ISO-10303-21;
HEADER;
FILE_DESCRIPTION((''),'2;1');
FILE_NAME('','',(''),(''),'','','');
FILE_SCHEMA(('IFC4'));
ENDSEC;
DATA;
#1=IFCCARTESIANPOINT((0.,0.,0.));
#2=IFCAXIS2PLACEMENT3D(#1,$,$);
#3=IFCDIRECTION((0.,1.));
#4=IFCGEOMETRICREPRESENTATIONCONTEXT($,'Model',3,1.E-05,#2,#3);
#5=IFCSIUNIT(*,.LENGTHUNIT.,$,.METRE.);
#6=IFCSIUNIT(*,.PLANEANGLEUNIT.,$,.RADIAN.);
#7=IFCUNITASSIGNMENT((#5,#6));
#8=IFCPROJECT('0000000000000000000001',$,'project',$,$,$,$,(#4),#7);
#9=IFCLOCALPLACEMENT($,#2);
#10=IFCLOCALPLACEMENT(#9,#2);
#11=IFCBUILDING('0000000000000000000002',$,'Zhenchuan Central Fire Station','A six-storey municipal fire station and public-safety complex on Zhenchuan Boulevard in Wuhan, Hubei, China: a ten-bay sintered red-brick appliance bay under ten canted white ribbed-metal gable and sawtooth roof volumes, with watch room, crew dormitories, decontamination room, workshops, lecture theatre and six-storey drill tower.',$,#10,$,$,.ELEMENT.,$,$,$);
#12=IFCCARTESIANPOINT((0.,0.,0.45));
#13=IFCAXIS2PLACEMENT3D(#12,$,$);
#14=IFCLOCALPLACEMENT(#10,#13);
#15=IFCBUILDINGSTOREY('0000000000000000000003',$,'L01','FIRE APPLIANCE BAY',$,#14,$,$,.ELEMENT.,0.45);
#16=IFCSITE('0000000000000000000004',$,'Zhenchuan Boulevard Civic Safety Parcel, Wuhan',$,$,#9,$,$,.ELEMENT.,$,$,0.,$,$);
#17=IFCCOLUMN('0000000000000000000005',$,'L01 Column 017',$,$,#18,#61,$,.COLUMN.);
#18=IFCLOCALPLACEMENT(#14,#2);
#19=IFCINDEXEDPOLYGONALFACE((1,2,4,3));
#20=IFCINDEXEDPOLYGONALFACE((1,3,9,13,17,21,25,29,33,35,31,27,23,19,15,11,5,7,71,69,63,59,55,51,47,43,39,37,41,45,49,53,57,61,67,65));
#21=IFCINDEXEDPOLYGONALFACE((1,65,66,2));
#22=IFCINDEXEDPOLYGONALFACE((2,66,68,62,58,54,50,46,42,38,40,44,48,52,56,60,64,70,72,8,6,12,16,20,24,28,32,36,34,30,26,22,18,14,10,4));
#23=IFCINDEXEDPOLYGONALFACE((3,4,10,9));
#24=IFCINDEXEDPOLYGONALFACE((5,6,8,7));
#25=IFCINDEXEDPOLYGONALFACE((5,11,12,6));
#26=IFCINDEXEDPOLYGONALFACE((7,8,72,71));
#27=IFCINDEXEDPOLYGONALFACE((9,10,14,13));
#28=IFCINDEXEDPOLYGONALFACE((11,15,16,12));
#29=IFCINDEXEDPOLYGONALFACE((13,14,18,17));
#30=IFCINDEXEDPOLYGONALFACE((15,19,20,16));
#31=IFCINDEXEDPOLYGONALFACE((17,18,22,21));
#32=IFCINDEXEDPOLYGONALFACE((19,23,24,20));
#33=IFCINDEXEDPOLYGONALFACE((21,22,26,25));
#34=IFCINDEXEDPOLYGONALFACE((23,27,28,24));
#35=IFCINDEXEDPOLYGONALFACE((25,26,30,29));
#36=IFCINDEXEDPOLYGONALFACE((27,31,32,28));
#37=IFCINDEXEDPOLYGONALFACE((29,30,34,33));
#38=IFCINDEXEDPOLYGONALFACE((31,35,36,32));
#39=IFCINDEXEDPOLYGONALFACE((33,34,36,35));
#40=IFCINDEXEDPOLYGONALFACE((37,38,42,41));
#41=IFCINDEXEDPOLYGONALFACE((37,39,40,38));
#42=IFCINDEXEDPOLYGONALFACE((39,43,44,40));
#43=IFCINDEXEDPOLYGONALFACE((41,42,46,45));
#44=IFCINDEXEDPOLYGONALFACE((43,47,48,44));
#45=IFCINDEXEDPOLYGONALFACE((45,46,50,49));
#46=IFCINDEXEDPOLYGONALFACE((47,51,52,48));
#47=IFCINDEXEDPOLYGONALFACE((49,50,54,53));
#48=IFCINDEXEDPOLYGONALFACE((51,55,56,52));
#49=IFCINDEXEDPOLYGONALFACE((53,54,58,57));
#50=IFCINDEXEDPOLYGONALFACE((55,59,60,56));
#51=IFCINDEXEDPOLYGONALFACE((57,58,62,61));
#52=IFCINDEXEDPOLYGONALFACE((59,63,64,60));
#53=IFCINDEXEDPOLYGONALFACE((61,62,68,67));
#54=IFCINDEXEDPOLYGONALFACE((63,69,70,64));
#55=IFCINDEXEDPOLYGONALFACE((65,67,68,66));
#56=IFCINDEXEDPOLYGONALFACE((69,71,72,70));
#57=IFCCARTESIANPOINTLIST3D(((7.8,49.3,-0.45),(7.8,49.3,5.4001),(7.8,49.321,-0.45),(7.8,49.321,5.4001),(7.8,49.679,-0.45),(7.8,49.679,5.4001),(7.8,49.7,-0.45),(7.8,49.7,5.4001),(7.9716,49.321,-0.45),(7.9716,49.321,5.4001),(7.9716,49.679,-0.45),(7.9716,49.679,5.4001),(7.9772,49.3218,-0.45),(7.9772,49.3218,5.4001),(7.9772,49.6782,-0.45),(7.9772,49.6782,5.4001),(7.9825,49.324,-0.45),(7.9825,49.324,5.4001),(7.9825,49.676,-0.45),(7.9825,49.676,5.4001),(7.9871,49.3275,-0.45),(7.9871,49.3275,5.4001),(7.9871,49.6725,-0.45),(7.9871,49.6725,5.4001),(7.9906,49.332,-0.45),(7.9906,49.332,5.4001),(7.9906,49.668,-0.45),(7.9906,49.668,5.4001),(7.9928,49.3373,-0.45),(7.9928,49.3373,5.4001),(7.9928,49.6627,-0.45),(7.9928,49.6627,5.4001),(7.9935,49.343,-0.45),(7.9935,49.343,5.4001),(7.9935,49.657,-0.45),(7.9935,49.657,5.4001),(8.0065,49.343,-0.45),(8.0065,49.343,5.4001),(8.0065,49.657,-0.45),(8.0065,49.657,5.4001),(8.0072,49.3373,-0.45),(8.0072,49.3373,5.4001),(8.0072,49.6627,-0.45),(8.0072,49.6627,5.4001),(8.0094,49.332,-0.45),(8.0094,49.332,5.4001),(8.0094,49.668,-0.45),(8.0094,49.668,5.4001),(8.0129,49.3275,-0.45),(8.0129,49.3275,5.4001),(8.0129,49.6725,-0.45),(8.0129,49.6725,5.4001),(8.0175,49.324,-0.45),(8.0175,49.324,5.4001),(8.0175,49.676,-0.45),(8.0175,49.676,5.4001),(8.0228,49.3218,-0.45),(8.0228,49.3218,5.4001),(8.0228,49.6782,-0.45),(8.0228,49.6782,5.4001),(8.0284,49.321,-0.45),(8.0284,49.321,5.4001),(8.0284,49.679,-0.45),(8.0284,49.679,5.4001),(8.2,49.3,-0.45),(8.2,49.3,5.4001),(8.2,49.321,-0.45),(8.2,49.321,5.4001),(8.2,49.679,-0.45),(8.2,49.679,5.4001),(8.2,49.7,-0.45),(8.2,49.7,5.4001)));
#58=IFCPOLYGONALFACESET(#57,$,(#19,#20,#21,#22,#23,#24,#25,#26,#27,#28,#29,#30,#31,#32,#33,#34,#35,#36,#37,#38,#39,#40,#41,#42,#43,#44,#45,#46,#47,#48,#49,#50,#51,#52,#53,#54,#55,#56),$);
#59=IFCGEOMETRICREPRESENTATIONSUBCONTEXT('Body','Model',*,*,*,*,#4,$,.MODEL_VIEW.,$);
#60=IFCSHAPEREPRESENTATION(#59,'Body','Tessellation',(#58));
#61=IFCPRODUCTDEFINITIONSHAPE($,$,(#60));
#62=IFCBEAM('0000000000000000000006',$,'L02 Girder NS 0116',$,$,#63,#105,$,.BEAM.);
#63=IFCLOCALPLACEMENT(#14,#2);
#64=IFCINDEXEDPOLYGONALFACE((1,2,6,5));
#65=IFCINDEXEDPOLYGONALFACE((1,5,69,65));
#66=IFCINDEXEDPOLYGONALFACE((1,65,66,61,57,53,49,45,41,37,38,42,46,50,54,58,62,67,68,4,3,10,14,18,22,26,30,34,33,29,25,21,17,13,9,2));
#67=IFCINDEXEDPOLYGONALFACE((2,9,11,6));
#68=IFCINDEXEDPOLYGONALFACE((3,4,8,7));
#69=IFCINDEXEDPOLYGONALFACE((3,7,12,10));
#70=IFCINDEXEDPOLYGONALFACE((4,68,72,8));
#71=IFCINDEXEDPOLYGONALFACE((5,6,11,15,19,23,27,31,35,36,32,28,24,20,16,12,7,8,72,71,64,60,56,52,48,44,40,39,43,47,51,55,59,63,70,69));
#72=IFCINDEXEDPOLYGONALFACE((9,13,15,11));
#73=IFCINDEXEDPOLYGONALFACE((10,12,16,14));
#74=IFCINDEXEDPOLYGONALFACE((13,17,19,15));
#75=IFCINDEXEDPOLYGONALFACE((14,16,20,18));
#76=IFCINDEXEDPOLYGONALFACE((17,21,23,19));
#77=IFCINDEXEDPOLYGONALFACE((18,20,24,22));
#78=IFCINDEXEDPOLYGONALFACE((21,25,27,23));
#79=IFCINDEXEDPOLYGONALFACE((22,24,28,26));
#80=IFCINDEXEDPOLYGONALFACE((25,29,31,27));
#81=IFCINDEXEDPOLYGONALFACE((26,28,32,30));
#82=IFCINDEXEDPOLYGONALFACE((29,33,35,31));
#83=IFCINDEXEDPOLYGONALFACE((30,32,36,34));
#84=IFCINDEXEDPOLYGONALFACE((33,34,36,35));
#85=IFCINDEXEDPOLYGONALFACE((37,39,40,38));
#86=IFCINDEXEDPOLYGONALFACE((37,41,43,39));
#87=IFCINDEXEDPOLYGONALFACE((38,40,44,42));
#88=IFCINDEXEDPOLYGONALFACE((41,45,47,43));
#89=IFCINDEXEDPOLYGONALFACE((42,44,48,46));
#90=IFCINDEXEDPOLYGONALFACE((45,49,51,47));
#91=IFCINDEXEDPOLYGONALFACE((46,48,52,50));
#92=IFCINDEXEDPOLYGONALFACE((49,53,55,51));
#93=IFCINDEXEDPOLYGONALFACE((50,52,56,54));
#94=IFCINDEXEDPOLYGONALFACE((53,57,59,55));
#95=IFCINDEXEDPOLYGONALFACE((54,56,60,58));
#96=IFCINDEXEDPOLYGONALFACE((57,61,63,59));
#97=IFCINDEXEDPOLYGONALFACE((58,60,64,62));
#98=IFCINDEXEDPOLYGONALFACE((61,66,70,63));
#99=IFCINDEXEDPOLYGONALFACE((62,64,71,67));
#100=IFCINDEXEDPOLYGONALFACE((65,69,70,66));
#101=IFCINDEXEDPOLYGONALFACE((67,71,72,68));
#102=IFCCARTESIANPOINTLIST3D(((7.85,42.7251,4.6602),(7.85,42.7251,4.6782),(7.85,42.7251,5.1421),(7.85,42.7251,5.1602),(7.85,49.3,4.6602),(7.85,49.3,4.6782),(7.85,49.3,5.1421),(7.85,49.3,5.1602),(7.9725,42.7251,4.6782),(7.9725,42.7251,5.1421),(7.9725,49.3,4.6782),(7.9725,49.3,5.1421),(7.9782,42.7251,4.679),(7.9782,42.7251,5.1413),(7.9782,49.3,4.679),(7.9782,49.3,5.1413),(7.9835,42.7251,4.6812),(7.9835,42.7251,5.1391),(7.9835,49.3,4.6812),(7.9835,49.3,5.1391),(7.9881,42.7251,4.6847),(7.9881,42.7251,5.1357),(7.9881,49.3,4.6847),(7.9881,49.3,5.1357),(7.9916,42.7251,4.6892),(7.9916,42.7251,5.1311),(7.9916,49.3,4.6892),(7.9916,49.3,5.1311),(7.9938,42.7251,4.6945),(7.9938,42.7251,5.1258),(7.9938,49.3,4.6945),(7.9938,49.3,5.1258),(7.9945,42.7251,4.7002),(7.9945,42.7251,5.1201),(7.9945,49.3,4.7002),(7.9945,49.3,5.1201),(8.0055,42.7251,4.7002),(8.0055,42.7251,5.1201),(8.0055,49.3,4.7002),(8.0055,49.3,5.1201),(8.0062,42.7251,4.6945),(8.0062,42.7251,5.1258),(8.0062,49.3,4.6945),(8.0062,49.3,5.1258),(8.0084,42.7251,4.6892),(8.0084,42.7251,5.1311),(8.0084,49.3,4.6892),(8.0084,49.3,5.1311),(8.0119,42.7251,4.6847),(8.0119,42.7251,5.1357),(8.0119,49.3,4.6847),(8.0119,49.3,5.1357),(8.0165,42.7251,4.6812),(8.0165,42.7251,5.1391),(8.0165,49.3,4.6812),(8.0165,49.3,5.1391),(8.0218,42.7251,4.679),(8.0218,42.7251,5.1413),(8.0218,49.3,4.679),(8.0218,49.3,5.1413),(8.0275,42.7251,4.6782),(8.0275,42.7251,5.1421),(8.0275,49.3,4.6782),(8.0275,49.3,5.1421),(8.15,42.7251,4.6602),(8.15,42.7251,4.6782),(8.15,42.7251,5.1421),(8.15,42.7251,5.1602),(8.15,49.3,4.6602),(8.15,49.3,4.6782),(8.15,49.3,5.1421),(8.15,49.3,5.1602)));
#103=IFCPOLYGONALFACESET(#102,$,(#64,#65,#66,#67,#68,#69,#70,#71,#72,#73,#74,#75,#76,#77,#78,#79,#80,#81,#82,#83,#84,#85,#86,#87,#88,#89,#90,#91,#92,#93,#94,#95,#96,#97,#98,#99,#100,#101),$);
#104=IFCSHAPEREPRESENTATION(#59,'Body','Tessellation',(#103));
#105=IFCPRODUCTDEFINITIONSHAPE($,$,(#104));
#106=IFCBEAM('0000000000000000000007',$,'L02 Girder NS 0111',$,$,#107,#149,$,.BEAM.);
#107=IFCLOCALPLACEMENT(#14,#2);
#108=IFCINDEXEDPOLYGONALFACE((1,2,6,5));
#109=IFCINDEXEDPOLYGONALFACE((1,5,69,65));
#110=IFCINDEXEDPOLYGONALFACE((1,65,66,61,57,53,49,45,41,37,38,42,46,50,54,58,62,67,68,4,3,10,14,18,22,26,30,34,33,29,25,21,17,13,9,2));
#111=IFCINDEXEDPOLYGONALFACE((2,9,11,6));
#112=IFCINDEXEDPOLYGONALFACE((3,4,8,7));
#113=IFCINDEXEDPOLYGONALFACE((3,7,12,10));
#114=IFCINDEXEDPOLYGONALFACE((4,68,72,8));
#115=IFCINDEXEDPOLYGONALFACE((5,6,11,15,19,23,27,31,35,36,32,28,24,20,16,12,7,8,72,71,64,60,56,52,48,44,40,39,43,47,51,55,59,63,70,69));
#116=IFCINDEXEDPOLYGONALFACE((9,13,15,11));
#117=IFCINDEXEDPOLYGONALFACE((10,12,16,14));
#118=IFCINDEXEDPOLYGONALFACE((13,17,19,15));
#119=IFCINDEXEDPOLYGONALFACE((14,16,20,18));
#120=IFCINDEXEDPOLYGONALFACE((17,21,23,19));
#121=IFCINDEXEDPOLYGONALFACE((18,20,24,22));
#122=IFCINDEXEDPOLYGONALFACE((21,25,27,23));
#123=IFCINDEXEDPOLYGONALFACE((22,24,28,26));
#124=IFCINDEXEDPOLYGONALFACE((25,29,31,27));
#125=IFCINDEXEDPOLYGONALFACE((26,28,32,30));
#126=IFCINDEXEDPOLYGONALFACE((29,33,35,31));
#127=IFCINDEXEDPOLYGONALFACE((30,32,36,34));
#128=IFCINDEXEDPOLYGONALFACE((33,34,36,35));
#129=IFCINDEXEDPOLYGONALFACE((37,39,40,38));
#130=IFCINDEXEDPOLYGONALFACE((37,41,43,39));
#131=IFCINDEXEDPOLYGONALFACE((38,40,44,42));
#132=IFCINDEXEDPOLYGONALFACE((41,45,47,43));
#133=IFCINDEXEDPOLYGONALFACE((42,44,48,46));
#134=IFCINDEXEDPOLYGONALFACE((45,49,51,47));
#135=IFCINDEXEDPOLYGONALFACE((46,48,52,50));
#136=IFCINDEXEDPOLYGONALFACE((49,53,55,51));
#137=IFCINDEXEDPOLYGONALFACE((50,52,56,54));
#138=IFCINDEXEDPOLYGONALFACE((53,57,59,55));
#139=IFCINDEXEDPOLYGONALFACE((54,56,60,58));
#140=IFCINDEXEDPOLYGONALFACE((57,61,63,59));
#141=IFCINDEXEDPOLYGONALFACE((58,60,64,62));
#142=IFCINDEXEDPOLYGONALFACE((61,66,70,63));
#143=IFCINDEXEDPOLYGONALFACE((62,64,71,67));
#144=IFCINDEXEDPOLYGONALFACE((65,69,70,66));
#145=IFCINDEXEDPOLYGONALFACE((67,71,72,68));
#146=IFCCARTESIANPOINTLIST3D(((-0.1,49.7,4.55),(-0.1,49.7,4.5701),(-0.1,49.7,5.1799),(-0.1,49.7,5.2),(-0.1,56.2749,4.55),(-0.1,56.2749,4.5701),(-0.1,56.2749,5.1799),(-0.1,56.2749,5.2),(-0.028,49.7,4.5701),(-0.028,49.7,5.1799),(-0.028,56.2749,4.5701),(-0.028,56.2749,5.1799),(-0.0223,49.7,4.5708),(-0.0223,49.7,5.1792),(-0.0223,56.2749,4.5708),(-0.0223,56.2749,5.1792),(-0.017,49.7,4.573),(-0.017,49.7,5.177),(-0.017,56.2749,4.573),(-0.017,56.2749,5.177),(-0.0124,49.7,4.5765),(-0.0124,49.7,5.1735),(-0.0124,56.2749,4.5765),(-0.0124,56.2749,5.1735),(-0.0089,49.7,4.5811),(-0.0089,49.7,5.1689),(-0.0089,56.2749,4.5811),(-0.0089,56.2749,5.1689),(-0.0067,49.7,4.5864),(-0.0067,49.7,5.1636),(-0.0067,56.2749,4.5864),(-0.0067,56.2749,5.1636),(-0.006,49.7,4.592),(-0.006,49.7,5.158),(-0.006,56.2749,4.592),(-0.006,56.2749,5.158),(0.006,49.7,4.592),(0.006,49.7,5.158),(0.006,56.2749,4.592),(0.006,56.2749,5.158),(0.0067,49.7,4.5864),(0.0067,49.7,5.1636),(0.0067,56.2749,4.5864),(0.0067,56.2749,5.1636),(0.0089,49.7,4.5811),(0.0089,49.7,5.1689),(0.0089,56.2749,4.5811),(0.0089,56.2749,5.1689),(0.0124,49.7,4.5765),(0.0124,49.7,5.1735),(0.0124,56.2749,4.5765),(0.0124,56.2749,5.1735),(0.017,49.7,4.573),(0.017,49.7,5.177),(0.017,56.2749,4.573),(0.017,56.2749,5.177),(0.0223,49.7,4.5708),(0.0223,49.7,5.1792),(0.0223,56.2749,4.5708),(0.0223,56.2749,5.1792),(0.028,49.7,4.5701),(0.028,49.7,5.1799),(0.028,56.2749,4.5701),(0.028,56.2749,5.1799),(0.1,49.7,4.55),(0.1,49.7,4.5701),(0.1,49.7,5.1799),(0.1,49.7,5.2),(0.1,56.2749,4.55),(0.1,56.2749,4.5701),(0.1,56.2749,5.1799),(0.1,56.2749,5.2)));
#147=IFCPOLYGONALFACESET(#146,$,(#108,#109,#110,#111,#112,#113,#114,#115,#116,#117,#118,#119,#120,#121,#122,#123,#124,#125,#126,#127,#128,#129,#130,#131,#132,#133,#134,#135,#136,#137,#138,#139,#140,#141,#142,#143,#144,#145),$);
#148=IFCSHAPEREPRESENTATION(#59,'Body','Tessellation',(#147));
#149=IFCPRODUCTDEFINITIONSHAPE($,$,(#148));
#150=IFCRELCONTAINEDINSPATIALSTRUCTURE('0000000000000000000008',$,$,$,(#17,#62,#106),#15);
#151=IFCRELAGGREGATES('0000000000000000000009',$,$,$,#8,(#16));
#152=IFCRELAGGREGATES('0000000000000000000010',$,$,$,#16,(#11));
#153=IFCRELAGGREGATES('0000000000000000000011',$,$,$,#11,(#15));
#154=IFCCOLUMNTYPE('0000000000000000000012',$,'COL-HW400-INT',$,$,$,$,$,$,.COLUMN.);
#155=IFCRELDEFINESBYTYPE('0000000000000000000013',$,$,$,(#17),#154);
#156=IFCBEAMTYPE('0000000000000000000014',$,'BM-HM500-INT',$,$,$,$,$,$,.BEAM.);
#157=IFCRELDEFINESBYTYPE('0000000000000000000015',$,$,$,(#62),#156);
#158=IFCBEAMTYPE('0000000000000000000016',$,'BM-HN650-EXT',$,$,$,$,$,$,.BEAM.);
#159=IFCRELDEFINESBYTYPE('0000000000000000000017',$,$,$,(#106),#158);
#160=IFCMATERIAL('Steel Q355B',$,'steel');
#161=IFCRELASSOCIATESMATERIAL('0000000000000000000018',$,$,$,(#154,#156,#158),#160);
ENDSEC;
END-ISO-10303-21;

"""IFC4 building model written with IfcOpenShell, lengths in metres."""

from ifc_helpers import new_model, si_unit, direction, frame, origin, origin_2d, place, context, subcontext, project, spatial, i_section, extrude, material, material_profile, profile_set, type_object, element, save


model = new_model("IFC4")

# Units and contexts
model_context = context("Model", 3, precision=1e-05, world=origin(), true_north=direction((0.0, 1.0)))
body_context = subcontext(model_context, "Body", "Model", "MODEL_VIEW")
ifc_project = project(units=[si_unit("LENGTHUNIT", "METRE"), si_unit("PLANEANGLEUNIT", "RADIAN")], contexts=[model_context])

# Site, building, storey
site_placement = place(None, origin())
site = spatial("IfcSite", under=ifc_project, at=site_placement, Name="Zhenchuan Boulevard Civic Safety Parcel, Wuhan", CompositionType="ELEMENT", RefElevation=0.0)
building_placement = place(site_placement, origin())
building = spatial("IfcBuilding", under=site, at=building_placement, Name="Zhenchuan Central Fire Station", Description="A six-storey municipal fire station and public-safety complex on Zhenchuan Boulevard in Wuhan, Hubei, China: a ten-bay sintered red-brick appliance bay under ten canted white ribbed-metal gable and sawtooth roof volumes, with watch room, crew dormitories, decontamination room, workshops, lecture theatre and six-storey drill tower.", CompositionType="ELEMENT")
storey_placement = place(building_placement, frame((0.0, 0.0, 0.45)))
storey = spatial("IfcBuildingStorey", under=building, at=storey_placement, Name="L01", Description="FIRE APPLIANCE BAY", CompositionType="ELEMENT", Elevation=0.45)

# Column
ifc_material_1 = material(Name="Steel Q355B", Category="steel")
ifc_material_profile_1 = material_profile(ifc_material_1, i_section(OverallWidth=0.3999, OverallDepth=0.3999, WebThickness=0.0129, FlangeThickness=0.021, FilletRadius=0.022, at=origin_2d()), Name="HW 400x400")
ifc_profile_set_1 = profile_set([ifc_material_profile_1], Name="Steel Q355B")
column_type_1 = type_object("IfcColumnType", Name="COL-HW400-INT", PredefinedType="COLUMN", material=ifc_profile_set_1)
column_1_placement = place(storey_placement, frame((8.0, 49.5, -0.45), z_axis=(0.0, 0.0, 1.0), x_axis=(1.0, 0.0, 0.0)))
element("IfcColumn", 1, at=column_1_placement, inside=storey, type_object=column_type_1, Name="L01 Column 017", PredefinedType="COLUMN", context=body_context, shape_type="SweptSolid", body=[
    extrude(i_section(OverallWidth=0.3999, OverallDepth=0.3999, WebThickness=0.0129, FlangeThickness=0.021, FilletRadius=0.022, at=origin_2d()), origin(), (0.0, 0.0, 1.0), 5.8501),
])

# Beams
ifc_material_profile_2 = material_profile(ifc_material_1, i_section(OverallWidth=0.3, OverallDepth=0.5, WebThickness=0.011, FlangeThickness=0.0181, FilletRadius=0.022, at=origin_2d()), Name="HM 500x300")
ifc_profile_set_2 = profile_set([ifc_material_profile_2], Name="Steel Q355B")
beam_type_1 = type_object("IfcBeamType", Name="BM-HM500-INT", PredefinedType="BEAM", material=ifc_profile_set_2)
beam_1_placement = place(storey_placement, frame((8.0, 42.7251, 4.9102), z_axis=(0.0, 1.0, 0.0), x_axis=(-1.0, 0.0, 0.0)))
element("IfcBeam", 2, at=beam_1_placement, inside=storey, type_object=beam_type_1, Name="L02 Girder NS 0116", PredefinedType="BEAM", context=body_context, shape_type="SweptSolid", body=[
    extrude(i_section(OverallWidth=0.3, OverallDepth=0.5, WebThickness=0.011, FlangeThickness=0.0181, FilletRadius=0.022, at=origin_2d()), origin(), (0.0, 0.0, 1.0), 6.575),
])
ifc_material_profile_3 = material_profile(ifc_material_1, i_section(OverallWidth=0.2, OverallDepth=0.6499, WebThickness=0.012, FlangeThickness=0.02, FilletRadius=0.022, at=origin_2d()), Name="HN 650x200")
ifc_profile_set_3 = profile_set([ifc_material_profile_3], Name="Steel Q355B")
beam_type_2 = type_object("IfcBeamType", Name="BM-HN650-EXT", PredefinedType="BEAM", material=ifc_profile_set_3)
beam_2_placement = place(storey_placement, frame((0.0, 49.7, 4.875), z_axis=(0.0, 1.0, 0.0), x_axis=(-1.0, 0.0, 0.0)))
element("IfcBeam", 3, at=beam_2_placement, inside=storey, type_object=beam_type_2, Name="L02 Girder NS 0111", PredefinedType="BEAM", context=body_context, shape_type="SweptSolid", body=[
    extrude(i_section(OverallWidth=0.2, OverallDepth=0.6499, WebThickness=0.012, FlangeThickness=0.02, FilletRadius=0.022, at=origin_2d()), origin(), (0.0, 0.0, 1.0), 6.575),
])

save(model, "model.ifc")
